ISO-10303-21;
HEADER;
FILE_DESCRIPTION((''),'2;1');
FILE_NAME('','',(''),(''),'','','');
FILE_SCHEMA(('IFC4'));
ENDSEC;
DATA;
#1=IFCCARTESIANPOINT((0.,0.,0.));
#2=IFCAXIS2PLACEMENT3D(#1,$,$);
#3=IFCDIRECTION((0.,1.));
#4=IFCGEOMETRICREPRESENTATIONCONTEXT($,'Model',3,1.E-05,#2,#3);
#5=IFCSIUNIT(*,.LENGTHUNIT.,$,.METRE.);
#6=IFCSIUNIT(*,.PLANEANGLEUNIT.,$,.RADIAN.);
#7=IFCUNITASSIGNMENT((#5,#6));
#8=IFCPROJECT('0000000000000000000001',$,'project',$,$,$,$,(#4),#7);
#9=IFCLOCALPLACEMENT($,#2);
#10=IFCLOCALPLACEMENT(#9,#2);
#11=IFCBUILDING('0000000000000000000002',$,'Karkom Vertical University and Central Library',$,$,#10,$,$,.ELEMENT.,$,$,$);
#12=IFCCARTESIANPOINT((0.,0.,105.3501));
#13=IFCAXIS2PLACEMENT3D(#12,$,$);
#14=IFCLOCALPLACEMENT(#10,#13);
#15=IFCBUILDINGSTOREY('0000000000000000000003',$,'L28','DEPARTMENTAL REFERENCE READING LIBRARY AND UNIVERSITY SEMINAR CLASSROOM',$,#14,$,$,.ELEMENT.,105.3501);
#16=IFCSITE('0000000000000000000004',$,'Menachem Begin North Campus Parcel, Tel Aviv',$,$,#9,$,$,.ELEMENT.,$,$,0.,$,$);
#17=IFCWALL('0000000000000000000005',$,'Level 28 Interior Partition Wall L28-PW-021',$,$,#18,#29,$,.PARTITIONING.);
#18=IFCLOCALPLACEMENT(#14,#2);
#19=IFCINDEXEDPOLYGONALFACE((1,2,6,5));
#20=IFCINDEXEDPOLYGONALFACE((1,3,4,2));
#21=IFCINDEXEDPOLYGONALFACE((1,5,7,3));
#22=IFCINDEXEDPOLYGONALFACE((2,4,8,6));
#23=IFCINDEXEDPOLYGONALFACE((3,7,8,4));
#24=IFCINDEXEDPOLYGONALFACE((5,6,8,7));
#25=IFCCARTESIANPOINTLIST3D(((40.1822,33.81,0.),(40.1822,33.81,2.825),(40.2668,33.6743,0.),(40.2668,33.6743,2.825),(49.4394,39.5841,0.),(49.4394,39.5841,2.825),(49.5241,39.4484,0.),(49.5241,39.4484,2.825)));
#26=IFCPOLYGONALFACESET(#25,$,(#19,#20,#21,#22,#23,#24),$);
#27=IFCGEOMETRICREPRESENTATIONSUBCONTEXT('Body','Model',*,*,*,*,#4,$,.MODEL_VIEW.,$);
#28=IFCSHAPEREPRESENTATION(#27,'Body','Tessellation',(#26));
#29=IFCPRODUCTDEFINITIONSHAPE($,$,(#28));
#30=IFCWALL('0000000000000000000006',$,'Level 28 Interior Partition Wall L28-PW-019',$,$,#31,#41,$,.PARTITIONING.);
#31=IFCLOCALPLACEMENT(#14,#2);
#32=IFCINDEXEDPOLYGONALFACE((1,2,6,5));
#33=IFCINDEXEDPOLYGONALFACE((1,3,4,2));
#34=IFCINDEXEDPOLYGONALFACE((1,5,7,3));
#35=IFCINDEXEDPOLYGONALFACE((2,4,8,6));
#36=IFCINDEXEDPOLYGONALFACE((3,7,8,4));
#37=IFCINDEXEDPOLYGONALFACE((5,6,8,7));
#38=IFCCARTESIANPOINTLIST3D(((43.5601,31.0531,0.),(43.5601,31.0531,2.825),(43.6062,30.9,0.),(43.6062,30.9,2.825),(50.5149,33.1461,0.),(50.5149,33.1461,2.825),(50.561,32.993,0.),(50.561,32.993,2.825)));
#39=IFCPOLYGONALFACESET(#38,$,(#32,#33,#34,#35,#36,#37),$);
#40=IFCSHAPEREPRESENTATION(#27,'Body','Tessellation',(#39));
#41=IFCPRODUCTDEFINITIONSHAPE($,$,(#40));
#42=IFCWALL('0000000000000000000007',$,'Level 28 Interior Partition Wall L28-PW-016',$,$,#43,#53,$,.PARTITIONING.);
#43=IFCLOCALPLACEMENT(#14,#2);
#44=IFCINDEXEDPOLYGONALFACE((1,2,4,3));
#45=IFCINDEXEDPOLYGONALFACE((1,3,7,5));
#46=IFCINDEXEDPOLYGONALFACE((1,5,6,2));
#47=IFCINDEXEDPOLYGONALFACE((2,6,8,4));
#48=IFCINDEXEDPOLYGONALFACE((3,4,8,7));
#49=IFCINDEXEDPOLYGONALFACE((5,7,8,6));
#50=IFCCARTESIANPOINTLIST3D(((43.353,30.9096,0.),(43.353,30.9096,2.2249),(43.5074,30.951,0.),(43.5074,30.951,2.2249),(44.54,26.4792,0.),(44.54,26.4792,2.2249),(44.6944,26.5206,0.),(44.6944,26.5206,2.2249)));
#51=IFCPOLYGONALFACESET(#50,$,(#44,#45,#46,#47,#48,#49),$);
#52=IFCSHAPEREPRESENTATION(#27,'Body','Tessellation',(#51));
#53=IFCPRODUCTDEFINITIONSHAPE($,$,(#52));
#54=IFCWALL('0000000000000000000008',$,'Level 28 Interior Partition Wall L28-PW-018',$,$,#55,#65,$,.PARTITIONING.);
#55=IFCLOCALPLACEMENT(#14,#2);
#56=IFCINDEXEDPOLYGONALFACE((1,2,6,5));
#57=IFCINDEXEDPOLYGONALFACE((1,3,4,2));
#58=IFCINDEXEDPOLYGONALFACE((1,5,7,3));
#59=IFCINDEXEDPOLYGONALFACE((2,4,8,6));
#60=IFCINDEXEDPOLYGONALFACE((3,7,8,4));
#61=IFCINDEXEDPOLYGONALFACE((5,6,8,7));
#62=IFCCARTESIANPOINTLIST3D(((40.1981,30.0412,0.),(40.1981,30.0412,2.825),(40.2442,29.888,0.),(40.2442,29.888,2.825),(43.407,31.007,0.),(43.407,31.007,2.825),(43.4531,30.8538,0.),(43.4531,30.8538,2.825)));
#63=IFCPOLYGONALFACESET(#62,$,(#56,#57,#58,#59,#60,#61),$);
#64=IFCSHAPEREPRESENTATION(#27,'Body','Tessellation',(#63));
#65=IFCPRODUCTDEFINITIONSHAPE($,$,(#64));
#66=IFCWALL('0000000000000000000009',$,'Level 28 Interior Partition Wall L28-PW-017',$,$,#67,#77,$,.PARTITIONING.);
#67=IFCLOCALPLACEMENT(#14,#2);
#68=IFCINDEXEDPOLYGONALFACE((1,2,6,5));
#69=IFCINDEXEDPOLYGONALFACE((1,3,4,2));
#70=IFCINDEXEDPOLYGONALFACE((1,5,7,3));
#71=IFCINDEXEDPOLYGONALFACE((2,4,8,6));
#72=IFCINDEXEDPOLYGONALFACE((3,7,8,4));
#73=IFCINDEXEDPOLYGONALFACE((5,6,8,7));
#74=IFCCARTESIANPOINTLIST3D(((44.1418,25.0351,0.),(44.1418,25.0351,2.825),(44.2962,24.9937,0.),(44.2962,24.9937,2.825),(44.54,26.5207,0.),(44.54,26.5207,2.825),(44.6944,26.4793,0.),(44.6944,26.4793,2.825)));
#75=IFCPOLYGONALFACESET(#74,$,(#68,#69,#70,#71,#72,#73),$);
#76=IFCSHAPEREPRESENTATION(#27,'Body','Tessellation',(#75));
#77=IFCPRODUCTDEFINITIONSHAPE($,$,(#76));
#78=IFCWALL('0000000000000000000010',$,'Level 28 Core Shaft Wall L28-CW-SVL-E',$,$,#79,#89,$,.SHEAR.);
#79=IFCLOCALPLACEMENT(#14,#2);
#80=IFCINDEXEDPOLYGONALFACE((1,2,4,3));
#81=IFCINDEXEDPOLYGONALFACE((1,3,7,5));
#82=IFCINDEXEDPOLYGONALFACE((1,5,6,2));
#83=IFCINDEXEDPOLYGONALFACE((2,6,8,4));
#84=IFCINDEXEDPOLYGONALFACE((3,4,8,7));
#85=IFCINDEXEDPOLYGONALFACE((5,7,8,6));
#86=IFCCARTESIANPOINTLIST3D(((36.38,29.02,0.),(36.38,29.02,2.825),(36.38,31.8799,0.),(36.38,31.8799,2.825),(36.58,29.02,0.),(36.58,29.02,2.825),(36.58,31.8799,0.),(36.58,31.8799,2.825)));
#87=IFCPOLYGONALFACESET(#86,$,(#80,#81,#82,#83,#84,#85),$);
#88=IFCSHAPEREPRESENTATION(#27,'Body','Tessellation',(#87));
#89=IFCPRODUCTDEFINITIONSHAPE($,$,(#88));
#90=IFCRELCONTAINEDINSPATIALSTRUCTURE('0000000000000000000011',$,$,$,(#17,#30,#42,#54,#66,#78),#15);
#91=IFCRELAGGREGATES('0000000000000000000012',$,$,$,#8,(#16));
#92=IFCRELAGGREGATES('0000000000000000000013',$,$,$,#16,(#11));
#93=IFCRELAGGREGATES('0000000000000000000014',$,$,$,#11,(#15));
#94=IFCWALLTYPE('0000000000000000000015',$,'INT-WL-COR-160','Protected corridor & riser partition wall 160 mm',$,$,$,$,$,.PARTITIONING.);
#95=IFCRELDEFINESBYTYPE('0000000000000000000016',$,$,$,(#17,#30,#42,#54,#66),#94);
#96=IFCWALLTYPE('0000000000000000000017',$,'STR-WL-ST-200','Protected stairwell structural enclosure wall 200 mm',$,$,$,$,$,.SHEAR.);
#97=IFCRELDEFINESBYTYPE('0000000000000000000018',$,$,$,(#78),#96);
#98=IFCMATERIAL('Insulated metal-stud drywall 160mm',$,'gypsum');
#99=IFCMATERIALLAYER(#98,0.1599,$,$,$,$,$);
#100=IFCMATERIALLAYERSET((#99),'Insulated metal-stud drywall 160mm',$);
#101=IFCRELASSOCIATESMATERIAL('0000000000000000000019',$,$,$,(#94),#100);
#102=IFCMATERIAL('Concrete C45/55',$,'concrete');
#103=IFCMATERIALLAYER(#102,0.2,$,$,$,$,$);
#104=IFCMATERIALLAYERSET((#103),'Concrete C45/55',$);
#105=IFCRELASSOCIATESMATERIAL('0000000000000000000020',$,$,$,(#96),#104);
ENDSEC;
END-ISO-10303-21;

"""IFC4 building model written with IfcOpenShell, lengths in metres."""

from ifc_helpers import new_model, si_unit, direction, frame, frame_2d, origin, place, context, subcontext, project, spatial, rectangle, extrude, material, layer, layer_set, type_object, element, save


model = new_model("IFC4")

# Units and contexts
model_context = context("Model", 3, precision=1e-05, world=origin(), true_north=direction((0.0, 1.0)))
body_context = subcontext(model_context, "Body", "Model", "MODEL_VIEW")
ifc_project = project(units=[si_unit("LENGTHUNIT", "METRE"), si_unit("PLANEANGLEUNIT", "RADIAN")], contexts=[model_context])

# Site, building, storey
site_placement = place(None, origin())
site = spatial("IfcSite", under=ifc_project, at=site_placement, Name="Menachem Begin North Campus Parcel, Tel Aviv", CompositionType="ELEMENT", RefElevation=0.0)
building_placement = place(site_placement, origin())
building = spatial("IfcBuilding", under=site, at=building_placement, Name="Karkom Vertical University and Central Library", CompositionType="ELEMENT")
storey_placement = place(building_placement, frame((0.0, 0.0, 105.3501)))
storey = spatial("IfcBuildingStorey", under=building, at=storey_placement, Name="L28", Description="DEPARTMENTAL REFERENCE READING LIBRARY AND UNIVERSITY SEMINAR CLASSROOM", CompositionType="ELEMENT", Elevation=105.3501)

# Walls
ifc_material_1 = material(Name="Insulated metal-stud drywall 160mm", Category="gypsum")
ifc_layer_1 = layer(ifc_material_1, 0.1599)
ifc_layer_set_1 = layer_set([ifc_layer_1], Name="Insulated metal-stud drywall 160mm")
wall_type_1 = type_object("IfcWallType", Name="INT-WL-COR-160", Description="Protected corridor & riser partition wall 160 mm", PredefinedType="PARTITIONING", material=ifc_layer_set_1)
wall_1_placement = place(storey_placement, frame((40.2246, 33.7422, 0.0), z_axis=(0.0, 0.0, 1.0), x_axis=(0.848478, 0.52923, 0.0)))
element("IfcWall", 1, at=wall_1_placement, inside=storey, type_object=wall_type_1, Name="Level 28 Interior Partition Wall L28-PW-021", PredefinedType="PARTITIONING", context=body_context, shape_type="SweptSolid", body=[
    extrude(rectangle(XDim=10.9104, YDim=0.1599, at=frame_2d((5.4551, 0.0))), origin(), (0.0, 0.0, 1.0), 2.825),
])
wall_2_placement = place(storey_placement, frame((43.5833, 30.9766, 0.0), z_axis=(0.0, 0.0, 1.0), x_axis=(0.957577, 0.288177, 0.0)))
element("IfcWall", 2, at=wall_2_placement, inside=storey, type_object=wall_type_1, Name="Level 28 Interior Partition Wall L28-PW-019", PredefinedType="PARTITIONING", context=body_context, shape_type="SweptSolid", body=[
    extrude(rectangle(XDim=7.2629, YDim=0.1599, at=frame_2d((3.6313, 0.0))), origin(), (0.0, 0.0, 1.0), 2.825),
])
wall_3_placement = place(storey_placement, frame((43.4302, 30.9304, 0.0), z_axis=(0.0, 0.0, 1.0), x_axis=(0.258796, -0.965932, 0.0)))
element("IfcWall", 3, at=wall_3_placement, inside=storey, type_object=wall_type_1, Name="Level 28 Interior Partition Wall L28-PW-016", PredefinedType="PARTITIONING", context=body_context, shape_type="SweptSolid", body=[
    extrude(rectangle(XDim=4.5867, YDim=0.1599, at=frame_2d((2.2935, 0.0))), origin(), (0.0, 0.0, 1.0), 2.2249),
])
wall_4_placement = place(storey_placement, frame((40.2212, 29.9646, 0.0), z_axis=(0.0, 0.0, 1.0), x_axis=(0.957569, 0.288203, 0.0)))
element("IfcWall", 4, at=wall_4_placement, inside=storey, type_object=wall_type_1, Name="Level 28 Interior Partition Wall L28-PW-018", PredefinedType="PARTITIONING", context=body_context, shape_type="SweptSolid", body=[
    extrude(rectangle(XDim=3.3511, YDim=0.1599, at=frame_2d((1.6755, 0.0))), origin(), (0.0, 0.0, 1.0), 2.825),
])
wall_5_placement = place(storey_placement, frame((44.6172, 26.5, 0.0), z_axis=(0.0, 0.0, 1.0), x_axis=(-0.258897, -0.965905, 0.0)))
element("IfcWall", 5, at=wall_5_placement, inside=storey, type_object=wall_type_1, Name="Level 28 Interior Partition Wall L28-PW-017", PredefinedType="PARTITIONING", context=body_context, shape_type="SweptSolid", body=[
    extrude(rectangle(XDim=1.5381, YDim=0.1599, at=frame_2d((0.769, 0.0))), origin(), (0.0, 0.0, 1.0), 2.825),
])

# Wall
ifc_material_2 = material(Name="Concrete C45/55", Category="concrete")
ifc_layer_2 = layer(ifc_material_2, 0.2)
ifc_layer_set_2 = layer_set([ifc_layer_2], Name="Concrete C45/55")
wall_type_2 = type_object("IfcWallType", Name="STR-WL-ST-200", Description="Protected stairwell structural enclosure wall 200 mm", PredefinedType="SHEAR", material=ifc_layer_set_2)
wall_6_placement = place(storey_placement, frame((36.48, 29.02, 0.0), z_axis=(0.0, 0.0, 1.0), x_axis=(0.0, 1.0, 0.0)))
element("IfcWall", 6, at=wall_6_placement, inside=storey, type_object=wall_type_2, Name="Level 28 Core Shaft Wall L28-CW-SVL-E", PredefinedType="SHEAR", context=body_context, shape_type="SweptSolid", body=[
    extrude(rectangle(XDim=2.8599, YDim=0.2, at=frame_2d((1.4299, 0.0))), origin(), (0.0, 0.0, 1.0), 2.825),
])

save(model, "model.ifc")
